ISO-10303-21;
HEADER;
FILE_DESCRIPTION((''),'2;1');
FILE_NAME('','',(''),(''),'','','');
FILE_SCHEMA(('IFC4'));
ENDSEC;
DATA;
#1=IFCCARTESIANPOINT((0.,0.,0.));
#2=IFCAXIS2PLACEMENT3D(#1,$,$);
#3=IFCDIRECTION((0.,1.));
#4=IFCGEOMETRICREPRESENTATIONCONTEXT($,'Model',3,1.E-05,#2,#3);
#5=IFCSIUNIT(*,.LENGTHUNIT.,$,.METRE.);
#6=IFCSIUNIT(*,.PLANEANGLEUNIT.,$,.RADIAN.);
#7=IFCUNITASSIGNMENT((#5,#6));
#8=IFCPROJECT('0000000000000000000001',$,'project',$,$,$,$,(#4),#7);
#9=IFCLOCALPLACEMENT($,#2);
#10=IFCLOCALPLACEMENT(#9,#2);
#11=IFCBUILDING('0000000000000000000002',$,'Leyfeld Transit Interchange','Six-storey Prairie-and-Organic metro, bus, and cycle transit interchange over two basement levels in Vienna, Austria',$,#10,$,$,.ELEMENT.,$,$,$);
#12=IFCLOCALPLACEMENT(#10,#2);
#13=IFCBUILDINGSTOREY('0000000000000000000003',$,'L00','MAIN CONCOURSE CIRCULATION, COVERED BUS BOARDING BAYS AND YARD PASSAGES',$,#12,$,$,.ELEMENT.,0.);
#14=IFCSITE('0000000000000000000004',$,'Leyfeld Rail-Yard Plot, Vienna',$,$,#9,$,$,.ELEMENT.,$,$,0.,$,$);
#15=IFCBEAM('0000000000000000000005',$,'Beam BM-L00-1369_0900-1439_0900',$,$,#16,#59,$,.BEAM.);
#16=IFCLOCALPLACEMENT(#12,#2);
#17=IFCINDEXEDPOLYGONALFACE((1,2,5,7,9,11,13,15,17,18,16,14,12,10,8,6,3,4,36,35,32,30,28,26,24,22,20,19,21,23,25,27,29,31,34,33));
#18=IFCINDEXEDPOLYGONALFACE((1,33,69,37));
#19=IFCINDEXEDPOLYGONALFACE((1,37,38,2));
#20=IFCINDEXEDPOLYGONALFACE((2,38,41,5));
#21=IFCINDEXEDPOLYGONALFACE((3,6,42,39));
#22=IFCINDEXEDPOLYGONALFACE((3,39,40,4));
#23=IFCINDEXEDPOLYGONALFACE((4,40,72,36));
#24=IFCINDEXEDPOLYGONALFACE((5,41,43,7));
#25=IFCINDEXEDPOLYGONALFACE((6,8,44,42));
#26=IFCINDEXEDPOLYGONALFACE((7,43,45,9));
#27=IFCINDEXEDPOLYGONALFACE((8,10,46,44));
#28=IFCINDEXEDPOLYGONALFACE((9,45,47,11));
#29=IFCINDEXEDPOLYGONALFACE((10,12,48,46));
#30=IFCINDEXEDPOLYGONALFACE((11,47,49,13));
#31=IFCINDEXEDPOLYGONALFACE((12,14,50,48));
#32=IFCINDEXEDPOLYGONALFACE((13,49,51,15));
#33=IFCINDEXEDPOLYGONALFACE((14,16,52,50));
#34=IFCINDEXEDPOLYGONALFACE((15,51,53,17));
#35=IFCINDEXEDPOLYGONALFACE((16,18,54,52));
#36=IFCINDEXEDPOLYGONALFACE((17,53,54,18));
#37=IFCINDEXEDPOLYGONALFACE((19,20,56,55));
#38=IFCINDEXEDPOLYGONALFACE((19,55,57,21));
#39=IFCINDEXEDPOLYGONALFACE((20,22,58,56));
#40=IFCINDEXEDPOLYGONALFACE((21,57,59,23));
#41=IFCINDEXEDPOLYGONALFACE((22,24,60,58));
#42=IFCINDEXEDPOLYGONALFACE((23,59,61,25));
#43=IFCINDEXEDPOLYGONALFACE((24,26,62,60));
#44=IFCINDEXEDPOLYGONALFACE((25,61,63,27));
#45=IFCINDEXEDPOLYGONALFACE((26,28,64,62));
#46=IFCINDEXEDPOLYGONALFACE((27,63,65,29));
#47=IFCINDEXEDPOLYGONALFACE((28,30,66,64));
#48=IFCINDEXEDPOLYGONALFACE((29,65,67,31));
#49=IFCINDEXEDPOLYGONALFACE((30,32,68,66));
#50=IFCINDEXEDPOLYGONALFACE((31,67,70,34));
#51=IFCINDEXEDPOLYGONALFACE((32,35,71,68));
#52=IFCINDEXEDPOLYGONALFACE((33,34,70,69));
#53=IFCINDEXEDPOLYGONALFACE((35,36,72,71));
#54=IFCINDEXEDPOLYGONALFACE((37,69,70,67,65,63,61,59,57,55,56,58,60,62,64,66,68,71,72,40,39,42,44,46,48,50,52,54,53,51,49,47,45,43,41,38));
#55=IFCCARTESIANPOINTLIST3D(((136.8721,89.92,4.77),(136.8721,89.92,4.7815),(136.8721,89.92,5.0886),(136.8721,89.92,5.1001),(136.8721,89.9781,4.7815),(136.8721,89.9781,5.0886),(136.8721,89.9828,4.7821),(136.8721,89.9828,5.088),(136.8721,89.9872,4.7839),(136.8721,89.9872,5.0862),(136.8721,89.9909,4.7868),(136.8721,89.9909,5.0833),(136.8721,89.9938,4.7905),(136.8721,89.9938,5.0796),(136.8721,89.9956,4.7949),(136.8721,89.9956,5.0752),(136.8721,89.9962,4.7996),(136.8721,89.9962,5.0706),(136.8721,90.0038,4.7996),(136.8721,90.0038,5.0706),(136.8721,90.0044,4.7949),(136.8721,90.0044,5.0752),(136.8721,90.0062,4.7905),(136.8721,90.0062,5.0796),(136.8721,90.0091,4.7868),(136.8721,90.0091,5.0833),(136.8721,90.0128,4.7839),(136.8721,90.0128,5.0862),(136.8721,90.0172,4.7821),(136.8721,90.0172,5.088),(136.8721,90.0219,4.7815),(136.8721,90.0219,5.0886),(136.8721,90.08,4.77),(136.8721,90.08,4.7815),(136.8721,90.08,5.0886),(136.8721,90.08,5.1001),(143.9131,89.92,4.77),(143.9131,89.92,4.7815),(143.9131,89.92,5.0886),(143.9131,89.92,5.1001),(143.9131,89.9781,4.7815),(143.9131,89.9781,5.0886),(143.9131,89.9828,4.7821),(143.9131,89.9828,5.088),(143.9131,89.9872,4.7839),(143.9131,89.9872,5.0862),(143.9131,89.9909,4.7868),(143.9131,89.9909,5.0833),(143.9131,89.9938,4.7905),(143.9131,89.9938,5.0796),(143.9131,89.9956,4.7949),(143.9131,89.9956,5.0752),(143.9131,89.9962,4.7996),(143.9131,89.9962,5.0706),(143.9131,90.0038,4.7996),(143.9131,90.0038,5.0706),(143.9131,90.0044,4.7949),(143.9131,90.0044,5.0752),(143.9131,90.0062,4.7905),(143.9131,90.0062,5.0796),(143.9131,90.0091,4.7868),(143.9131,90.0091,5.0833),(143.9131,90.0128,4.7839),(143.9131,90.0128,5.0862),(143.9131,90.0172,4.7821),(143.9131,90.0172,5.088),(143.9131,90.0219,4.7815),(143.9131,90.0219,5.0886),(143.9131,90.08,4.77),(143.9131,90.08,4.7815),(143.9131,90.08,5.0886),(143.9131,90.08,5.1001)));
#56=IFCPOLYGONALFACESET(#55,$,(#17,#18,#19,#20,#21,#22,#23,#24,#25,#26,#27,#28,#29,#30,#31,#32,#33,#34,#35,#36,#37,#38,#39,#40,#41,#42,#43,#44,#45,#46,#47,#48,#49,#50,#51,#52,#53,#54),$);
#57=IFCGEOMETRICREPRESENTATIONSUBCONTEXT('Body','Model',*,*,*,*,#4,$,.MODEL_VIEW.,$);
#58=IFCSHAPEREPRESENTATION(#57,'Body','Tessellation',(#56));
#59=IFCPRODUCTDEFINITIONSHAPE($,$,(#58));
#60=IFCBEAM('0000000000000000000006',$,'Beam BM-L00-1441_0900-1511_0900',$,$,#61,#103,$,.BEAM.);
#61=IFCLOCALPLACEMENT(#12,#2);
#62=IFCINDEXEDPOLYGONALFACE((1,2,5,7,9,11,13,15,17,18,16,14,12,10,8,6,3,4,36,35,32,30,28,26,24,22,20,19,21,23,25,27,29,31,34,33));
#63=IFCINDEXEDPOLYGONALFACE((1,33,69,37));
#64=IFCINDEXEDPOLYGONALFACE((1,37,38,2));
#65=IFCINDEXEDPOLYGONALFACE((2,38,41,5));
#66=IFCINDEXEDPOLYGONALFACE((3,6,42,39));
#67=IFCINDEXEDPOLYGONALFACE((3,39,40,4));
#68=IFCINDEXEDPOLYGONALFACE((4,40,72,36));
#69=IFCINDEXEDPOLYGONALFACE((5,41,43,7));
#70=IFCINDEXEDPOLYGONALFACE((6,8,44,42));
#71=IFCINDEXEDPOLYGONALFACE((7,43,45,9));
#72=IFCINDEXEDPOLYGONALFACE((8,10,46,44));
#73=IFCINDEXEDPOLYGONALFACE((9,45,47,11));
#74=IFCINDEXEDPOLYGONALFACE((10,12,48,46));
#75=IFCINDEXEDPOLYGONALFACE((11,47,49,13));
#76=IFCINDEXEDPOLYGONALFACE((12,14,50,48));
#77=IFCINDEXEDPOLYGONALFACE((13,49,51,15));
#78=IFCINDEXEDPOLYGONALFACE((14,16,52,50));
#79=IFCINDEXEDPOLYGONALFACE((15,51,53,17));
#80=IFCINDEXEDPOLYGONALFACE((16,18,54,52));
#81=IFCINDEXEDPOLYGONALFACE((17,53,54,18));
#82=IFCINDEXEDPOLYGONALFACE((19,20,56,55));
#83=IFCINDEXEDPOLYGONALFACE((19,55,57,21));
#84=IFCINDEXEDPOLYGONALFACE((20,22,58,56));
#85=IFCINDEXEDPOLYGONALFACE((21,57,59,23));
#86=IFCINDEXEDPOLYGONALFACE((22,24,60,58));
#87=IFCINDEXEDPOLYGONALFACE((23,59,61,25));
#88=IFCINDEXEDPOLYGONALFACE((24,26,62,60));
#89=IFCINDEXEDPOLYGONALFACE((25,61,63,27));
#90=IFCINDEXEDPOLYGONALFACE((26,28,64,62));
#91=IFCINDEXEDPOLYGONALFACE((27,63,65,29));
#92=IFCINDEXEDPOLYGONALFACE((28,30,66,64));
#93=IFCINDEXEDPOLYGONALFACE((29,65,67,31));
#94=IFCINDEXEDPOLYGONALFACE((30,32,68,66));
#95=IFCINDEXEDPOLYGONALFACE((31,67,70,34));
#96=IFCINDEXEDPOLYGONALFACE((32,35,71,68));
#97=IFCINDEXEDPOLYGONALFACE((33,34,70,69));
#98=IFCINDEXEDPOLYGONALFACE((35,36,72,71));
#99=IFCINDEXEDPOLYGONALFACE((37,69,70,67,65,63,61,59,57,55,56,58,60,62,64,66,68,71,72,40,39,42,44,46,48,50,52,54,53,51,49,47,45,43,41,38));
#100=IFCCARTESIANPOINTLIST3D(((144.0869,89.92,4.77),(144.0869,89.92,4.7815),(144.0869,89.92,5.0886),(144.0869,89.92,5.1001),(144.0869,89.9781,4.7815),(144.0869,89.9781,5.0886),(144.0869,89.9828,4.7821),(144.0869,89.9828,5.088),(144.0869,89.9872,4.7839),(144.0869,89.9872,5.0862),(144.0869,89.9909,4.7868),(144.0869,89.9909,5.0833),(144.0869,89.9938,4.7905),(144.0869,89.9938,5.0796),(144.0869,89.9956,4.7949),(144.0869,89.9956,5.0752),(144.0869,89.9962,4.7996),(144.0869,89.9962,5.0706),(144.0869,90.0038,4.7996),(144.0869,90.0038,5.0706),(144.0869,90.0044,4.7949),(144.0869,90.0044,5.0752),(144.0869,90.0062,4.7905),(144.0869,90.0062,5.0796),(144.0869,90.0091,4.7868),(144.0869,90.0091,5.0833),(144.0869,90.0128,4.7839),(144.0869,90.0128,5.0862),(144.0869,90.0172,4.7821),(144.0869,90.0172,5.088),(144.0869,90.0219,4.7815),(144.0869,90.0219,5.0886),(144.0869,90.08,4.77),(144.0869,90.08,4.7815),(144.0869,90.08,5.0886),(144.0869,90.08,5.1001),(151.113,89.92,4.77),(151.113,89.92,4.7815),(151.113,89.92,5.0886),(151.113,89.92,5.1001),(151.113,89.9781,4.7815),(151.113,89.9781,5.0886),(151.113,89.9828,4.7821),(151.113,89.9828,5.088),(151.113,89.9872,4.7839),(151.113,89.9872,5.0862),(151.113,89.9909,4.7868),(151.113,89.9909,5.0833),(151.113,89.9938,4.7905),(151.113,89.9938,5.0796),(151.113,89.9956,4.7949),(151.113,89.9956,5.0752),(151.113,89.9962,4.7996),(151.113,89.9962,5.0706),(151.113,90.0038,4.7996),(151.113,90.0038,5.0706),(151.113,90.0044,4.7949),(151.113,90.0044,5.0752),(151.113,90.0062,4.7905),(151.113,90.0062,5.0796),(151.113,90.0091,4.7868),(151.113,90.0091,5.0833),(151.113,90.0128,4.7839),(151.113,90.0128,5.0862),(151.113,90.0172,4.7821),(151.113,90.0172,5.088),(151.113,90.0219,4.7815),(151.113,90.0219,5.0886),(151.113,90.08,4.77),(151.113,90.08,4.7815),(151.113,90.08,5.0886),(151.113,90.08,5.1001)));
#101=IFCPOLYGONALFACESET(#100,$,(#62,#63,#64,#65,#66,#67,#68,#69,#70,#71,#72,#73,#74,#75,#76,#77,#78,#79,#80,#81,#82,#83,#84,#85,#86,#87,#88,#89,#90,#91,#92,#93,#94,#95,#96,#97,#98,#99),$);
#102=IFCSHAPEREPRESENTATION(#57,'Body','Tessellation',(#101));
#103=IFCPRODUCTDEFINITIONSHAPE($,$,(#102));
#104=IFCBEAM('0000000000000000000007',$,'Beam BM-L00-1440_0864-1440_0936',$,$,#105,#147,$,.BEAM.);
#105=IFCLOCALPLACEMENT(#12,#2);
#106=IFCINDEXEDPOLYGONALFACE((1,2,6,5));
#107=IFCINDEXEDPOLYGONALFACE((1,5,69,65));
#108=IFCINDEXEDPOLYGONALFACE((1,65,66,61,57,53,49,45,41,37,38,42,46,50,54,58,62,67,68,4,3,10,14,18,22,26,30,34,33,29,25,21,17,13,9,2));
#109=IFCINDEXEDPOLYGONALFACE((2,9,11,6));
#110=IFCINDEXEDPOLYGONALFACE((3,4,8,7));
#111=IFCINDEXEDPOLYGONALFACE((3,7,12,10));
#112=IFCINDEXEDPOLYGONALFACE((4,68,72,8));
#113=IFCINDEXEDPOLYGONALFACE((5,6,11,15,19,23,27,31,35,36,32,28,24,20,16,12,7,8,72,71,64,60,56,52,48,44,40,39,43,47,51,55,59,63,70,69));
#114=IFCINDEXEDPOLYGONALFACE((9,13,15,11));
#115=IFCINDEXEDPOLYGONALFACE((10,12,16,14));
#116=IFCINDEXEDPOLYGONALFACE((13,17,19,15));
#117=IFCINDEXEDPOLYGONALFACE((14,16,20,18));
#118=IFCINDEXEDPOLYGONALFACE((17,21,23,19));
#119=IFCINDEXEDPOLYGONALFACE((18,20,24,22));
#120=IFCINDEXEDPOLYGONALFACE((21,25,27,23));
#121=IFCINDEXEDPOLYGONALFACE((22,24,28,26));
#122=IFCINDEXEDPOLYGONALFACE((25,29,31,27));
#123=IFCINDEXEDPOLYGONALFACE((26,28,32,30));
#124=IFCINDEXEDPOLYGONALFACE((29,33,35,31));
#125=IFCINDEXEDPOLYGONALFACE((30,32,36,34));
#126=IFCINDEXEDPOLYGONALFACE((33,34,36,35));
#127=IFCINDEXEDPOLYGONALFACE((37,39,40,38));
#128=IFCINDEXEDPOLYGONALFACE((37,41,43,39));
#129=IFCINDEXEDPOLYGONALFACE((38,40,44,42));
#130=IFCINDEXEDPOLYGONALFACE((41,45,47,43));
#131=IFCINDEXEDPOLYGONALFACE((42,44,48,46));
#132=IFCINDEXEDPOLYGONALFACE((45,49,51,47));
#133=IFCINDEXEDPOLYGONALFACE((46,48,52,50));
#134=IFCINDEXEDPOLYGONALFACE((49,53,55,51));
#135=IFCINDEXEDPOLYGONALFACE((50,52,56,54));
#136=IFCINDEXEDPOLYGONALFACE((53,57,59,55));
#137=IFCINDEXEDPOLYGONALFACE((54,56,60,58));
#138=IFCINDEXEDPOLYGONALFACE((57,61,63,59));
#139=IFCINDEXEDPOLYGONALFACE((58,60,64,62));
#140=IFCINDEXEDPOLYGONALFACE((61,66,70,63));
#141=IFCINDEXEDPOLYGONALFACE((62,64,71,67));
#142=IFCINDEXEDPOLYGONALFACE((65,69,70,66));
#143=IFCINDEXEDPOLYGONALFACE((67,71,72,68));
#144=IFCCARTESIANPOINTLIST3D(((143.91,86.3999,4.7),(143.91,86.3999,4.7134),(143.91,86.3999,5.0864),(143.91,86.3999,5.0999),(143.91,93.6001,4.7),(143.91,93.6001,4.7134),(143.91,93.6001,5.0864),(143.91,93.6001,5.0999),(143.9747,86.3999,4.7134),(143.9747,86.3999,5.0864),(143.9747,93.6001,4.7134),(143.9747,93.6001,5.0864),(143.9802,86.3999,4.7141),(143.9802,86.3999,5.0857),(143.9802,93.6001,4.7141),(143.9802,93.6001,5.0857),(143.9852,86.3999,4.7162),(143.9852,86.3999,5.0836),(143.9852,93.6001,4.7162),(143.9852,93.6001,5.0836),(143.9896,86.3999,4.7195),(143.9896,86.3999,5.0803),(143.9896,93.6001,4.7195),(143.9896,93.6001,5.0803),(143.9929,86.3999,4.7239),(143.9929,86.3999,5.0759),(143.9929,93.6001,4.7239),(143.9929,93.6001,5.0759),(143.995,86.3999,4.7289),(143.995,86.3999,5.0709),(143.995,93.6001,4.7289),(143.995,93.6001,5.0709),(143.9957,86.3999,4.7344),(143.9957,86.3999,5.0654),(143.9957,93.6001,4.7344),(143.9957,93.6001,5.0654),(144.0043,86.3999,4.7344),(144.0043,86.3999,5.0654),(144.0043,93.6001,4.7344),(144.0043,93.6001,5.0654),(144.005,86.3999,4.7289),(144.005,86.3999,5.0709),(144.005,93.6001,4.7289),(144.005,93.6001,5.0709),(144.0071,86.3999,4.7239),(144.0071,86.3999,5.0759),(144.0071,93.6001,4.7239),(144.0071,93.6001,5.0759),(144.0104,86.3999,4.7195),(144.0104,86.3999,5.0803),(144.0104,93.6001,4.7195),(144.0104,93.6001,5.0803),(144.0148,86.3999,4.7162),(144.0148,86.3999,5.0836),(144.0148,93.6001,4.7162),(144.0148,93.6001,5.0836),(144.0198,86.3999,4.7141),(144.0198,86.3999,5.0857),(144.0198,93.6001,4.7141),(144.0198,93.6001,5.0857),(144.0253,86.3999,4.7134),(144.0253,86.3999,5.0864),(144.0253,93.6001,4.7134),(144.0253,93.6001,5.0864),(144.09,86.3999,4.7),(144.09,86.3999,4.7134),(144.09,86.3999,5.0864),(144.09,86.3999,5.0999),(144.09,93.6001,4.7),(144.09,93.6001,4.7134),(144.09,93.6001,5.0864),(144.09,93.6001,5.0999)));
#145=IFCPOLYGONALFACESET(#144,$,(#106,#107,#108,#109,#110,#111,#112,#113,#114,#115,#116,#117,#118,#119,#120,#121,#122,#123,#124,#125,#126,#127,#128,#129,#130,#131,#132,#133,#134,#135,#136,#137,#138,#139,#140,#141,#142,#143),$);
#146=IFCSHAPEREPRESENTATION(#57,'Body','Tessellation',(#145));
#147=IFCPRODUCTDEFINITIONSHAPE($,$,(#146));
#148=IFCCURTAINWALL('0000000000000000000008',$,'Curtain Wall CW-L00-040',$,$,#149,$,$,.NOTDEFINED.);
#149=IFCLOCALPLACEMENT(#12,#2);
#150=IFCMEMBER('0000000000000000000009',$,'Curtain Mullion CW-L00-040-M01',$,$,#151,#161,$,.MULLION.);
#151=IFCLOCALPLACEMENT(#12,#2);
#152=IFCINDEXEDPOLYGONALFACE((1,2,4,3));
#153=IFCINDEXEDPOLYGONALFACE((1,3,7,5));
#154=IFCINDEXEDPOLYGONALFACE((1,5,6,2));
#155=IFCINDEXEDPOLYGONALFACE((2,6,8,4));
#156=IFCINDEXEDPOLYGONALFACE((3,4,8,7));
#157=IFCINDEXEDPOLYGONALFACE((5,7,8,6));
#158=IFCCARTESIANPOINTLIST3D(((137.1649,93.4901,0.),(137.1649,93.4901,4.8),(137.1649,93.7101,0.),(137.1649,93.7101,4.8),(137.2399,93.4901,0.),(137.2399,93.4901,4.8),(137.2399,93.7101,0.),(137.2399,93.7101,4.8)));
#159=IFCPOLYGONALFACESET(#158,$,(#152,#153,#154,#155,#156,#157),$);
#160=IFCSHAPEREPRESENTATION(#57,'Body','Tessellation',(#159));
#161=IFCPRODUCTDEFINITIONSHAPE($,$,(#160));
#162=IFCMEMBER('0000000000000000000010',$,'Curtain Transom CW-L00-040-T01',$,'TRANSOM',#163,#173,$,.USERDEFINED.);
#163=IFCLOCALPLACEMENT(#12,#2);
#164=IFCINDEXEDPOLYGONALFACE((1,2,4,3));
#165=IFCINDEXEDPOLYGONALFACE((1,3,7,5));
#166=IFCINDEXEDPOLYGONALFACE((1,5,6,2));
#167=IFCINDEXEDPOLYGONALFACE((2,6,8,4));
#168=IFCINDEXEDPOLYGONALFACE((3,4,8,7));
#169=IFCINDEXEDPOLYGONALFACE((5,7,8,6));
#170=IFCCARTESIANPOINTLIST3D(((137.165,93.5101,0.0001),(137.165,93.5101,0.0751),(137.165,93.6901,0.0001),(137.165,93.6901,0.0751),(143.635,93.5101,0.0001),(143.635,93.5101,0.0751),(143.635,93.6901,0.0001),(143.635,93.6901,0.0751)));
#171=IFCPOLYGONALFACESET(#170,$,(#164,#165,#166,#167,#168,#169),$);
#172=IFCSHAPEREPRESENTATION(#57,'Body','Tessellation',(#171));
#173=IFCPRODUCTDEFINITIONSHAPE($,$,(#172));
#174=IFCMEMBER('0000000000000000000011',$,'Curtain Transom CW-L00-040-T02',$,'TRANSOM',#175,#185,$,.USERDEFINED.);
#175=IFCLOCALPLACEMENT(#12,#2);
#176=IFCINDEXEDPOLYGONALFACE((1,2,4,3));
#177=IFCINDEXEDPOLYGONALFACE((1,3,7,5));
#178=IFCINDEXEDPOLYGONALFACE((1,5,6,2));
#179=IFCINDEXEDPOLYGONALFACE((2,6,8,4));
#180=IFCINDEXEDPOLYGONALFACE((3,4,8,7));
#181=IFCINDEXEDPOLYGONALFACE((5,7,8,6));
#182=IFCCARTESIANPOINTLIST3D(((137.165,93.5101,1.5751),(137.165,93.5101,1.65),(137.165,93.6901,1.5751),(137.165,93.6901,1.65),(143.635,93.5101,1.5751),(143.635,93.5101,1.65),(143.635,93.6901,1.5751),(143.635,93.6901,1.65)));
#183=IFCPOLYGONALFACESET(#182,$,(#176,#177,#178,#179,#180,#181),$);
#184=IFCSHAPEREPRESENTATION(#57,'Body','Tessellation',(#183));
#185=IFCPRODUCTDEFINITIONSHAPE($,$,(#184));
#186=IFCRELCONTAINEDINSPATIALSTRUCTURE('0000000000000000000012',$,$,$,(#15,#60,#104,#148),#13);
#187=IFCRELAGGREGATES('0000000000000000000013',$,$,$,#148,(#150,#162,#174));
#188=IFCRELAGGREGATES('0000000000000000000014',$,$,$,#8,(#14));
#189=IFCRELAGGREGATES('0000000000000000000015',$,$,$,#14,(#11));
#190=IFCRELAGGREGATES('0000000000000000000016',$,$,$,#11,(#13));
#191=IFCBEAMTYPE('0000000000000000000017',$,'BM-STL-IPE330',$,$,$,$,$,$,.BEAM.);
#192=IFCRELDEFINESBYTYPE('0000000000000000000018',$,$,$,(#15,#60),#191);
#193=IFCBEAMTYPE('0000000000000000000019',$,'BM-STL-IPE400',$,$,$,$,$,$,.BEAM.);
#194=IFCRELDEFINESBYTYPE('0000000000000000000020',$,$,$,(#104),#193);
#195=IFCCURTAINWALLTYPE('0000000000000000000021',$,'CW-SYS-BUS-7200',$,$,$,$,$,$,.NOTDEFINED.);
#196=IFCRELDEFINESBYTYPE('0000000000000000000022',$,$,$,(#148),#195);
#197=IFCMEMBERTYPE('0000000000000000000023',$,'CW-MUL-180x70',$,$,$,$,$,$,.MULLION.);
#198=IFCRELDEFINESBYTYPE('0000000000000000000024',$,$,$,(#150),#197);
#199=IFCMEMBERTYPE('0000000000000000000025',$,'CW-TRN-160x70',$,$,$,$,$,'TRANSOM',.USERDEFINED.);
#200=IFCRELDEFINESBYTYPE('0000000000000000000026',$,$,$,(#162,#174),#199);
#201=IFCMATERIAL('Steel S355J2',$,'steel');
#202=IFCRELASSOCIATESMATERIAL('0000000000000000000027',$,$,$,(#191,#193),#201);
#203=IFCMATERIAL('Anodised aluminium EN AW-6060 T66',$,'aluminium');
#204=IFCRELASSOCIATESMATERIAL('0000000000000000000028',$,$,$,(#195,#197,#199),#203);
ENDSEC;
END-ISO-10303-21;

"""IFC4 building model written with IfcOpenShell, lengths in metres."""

from ifc_helpers import new_model, si_unit, direction, frame, origin, origin_2d, place, context, subcontext, project, spatial, rectangle, i_section, extrude, material, material_profile, profile_set, type_object, element, aggregate, save


model = new_model("IFC4")

# Units and contexts
model_context = context("Model", 3, precision=1e-05, world=origin(), true_north=direction((0.0, 1.0)))
body_context = subcontext(model_context, "Body", "Model", "MODEL_VIEW")
ifc_project = project(units=[si_unit("LENGTHUNIT", "METRE"), si_unit("PLANEANGLEUNIT", "RADIAN")], contexts=[model_context])

# Site, building, storey
site_placement = place(None, origin())
site = spatial("IfcSite", under=ifc_project, at=site_placement, Name="Leyfeld Rail-Yard Plot, Vienna", CompositionType="ELEMENT", RefElevation=0.0)
building_placement = place(site_placement, origin())
building = spatial("IfcBuilding", under=site, at=building_placement, Name="Leyfeld Transit Interchange", Description="Six-storey Prairie-and-Organic metro, bus, and cycle transit interchange over two basement levels in Vienna, Austria", CompositionType="ELEMENT")
storey_placement = place(building_placement, origin())
storey = spatial("IfcBuildingStorey", under=building, at=storey_placement, Name="L00", Description="MAIN CONCOURSE CIRCULATION, COVERED BUS BOARDING BAYS AND YARD PASSAGES", CompositionType="ELEMENT", Elevation=0.0)

# Beams
ifc_material_1 = material(Name="Steel S355J2", Category="steel")
ifc_material_profile_1 = material_profile(ifc_material_1, i_section(OverallWidth=0.1599, OverallDepth=0.3301, WebThickness=0.0076, FlangeThickness=0.0115, FilletRadius=0.0181, at=origin_2d()), Name="IPE 330")
ifc_profile_set_1 = profile_set([ifc_material_profile_1], Name="Steel S355J2")
beam_type_1 = type_object("IfcBeamType", Name="BM-STL-IPE330", PredefinedType="BEAM", material=ifc_profile_set_1)
beam_1_placement = place(storey_placement, frame((136.8721, 90.0, 4.9351), z_axis=(1.0, 0.0, 0.0), x_axis=(0.0, 1.0, 0.0)))
element("IfcBeam", 1, at=beam_1_placement, inside=storey, type_object=beam_type_1, Name="Beam BM-L00-1369_0900-1439_0900", PredefinedType="BEAM", context=body_context, shape_type="SweptSolid", body=[
    extrude(i_section(OverallWidth=0.1599, OverallDepth=0.3301, WebThickness=0.0076, FlangeThickness=0.0115, FilletRadius=0.0181, at=origin_2d()), origin(), (0.0, 0.0, 1.0), 7.041),
])
beam_2_placement = place(storey_placement, frame((144.0869, 90.0, 4.9351), z_axis=(1.0, 0.0, 0.0), x_axis=(0.0, 1.0, 0.0)))
element("IfcBeam", 2, at=beam_2_placement, inside=storey, type_object=beam_type_1, Name="Beam BM-L00-1441_0900-1511_0900", PredefinedType="BEAM", context=body_context, shape_type="SweptSolid", body=[
    extrude(i_section(OverallWidth=0.1599, OverallDepth=0.3301, WebThickness=0.0076, FlangeThickness=0.0115, FilletRadius=0.0181, at=origin_2d()), origin(), (0.0, 0.0, 1.0), 7.0261),
])
ifc_material_profile_2 = material_profile(ifc_material_1, i_section(OverallWidth=0.1799, OverallDepth=0.3999, WebThickness=0.0085, FlangeThickness=0.0134, FilletRadius=0.021, at=origin_2d()), Name="IPE 400")
ifc_profile_set_2 = profile_set([ifc_material_profile_2], Name="Steel S355J2")
beam_type_2 = type_object("IfcBeamType", Name="BM-STL-IPE400", PredefinedType="BEAM", material=ifc_profile_set_2)
beam_3_placement = place(storey_placement, frame((144.0, 86.3999, 4.8999), z_axis=(0.0, 1.0, 0.0), x_axis=(-1.0, 0.0, 0.0)))
element("IfcBeam", 3, at=beam_3_placement, inside=storey, type_object=beam_type_2, Name="Beam BM-L00-1440_0864-1440_0936", PredefinedType="BEAM", context=body_context, shape_type="SweptSolid", body=[
    extrude(i_section(OverallWidth=0.1799, OverallDepth=0.3999, WebThickness=0.0085, FlangeThickness=0.0134, FilletRadius=0.021, at=origin_2d()), origin(), (0.0, 0.0, 1.0), 7.2002),
])

# Curtain wall, members
ifc_material_2 = material(Name="Anodised aluminium EN AW-6060 T66", Category="aluminium")
curtain_wall_type = type_object("IfcCurtainWallType", Name="CW-SYS-BUS-7200", PredefinedType="NOTDEFINED", material=ifc_material_2)
curtain_wall_placement = place(storey_placement, origin())
curtain_wall = element("IfcCurtainWall", 4, at=curtain_wall_placement, inside=storey, type_object=curtain_wall_type, Name="Curtain Wall CW-L00-040", PredefinedType="NOTDEFINED")
ifc_material_profile_3 = material_profile(ifc_material_2, rectangle(XDim=0.075, YDim=0.22, at=origin_2d()), Name="CW-M 75x220")
ifc_profile_set_3 = profile_set([ifc_material_profile_3], Name="Anodised aluminium EN AW-6060 T66")
member_type_1 = type_object("IfcMemberType", Name="CW-MUL-180x70", PredefinedType="MULLION", material=ifc_profile_set_3)
member_1_placement = place(storey_placement, frame((137.2024, 93.6001, 0.0), z_axis=(0.0, 0.0, 1.0), x_axis=(1.0, 0.0, 0.0)))
member_1 = element("IfcMember", 5, at=member_1_placement, type_object=member_type_1, Name="Curtain Mullion CW-L00-040-M01", PredefinedType="MULLION", context=body_context, shape_type="SweptSolid", body=[
    extrude(rectangle(XDim=0.075, YDim=0.22, at=origin_2d()), origin(), (0.0, 0.0, 1.0), 4.8),
])
ifc_material_profile_4 = material_profile(ifc_material_2, rectangle(XDim=0.1799, YDim=0.075, at=origin_2d()), Name="CW-TRN-160x70")
ifc_profile_set_4 = profile_set([ifc_material_profile_4], Name="Anodised aluminium EN AW-6060 T66")
member_type_2 = type_object("IfcMemberType", Name="CW-TRN-160x70", ElementType="TRANSOM", PredefinedType="USERDEFINED", material=ifc_profile_set_4)
member_2_placement = place(storey_placement, frame((137.165, 93.6001, 0.0376), z_axis=(1.0, 0.0, 0.0), x_axis=(0.0, 1.0, 0.0)))
member_2 = element("IfcMember", 6, at=member_2_placement, type_object=member_type_2, Name="Curtain Transom CW-L00-040-T01", ObjectType="TRANSOM", PredefinedType="USERDEFINED", context=body_context, shape_type="SweptSolid", body=[
    extrude(rectangle(XDim=0.1799, YDim=0.075, at=origin_2d()), origin(), (0.0, 0.0, 1.0), 6.47),
])
member_3_placement = place(storey_placement, frame((137.165, 93.6001, 1.6125), z_axis=(1.0, 0.0, 0.0), x_axis=(0.0, 1.0, 0.0)))
member_3 = element("IfcMember", 7, at=member_3_placement, type_object=member_type_2, Name="Curtain Transom CW-L00-040-T02", ObjectType="TRANSOM", PredefinedType="USERDEFINED", context=body_context, shape_type="SweptSolid", body=[
    extrude(rectangle(XDim=0.1799, YDim=0.075, at=origin_2d()), origin(), (0.0, 0.0, 1.0), 6.47),
])
aggregate(curtain_wall, [member_1, member_2, member_3])

save(model, "model.ifc")
